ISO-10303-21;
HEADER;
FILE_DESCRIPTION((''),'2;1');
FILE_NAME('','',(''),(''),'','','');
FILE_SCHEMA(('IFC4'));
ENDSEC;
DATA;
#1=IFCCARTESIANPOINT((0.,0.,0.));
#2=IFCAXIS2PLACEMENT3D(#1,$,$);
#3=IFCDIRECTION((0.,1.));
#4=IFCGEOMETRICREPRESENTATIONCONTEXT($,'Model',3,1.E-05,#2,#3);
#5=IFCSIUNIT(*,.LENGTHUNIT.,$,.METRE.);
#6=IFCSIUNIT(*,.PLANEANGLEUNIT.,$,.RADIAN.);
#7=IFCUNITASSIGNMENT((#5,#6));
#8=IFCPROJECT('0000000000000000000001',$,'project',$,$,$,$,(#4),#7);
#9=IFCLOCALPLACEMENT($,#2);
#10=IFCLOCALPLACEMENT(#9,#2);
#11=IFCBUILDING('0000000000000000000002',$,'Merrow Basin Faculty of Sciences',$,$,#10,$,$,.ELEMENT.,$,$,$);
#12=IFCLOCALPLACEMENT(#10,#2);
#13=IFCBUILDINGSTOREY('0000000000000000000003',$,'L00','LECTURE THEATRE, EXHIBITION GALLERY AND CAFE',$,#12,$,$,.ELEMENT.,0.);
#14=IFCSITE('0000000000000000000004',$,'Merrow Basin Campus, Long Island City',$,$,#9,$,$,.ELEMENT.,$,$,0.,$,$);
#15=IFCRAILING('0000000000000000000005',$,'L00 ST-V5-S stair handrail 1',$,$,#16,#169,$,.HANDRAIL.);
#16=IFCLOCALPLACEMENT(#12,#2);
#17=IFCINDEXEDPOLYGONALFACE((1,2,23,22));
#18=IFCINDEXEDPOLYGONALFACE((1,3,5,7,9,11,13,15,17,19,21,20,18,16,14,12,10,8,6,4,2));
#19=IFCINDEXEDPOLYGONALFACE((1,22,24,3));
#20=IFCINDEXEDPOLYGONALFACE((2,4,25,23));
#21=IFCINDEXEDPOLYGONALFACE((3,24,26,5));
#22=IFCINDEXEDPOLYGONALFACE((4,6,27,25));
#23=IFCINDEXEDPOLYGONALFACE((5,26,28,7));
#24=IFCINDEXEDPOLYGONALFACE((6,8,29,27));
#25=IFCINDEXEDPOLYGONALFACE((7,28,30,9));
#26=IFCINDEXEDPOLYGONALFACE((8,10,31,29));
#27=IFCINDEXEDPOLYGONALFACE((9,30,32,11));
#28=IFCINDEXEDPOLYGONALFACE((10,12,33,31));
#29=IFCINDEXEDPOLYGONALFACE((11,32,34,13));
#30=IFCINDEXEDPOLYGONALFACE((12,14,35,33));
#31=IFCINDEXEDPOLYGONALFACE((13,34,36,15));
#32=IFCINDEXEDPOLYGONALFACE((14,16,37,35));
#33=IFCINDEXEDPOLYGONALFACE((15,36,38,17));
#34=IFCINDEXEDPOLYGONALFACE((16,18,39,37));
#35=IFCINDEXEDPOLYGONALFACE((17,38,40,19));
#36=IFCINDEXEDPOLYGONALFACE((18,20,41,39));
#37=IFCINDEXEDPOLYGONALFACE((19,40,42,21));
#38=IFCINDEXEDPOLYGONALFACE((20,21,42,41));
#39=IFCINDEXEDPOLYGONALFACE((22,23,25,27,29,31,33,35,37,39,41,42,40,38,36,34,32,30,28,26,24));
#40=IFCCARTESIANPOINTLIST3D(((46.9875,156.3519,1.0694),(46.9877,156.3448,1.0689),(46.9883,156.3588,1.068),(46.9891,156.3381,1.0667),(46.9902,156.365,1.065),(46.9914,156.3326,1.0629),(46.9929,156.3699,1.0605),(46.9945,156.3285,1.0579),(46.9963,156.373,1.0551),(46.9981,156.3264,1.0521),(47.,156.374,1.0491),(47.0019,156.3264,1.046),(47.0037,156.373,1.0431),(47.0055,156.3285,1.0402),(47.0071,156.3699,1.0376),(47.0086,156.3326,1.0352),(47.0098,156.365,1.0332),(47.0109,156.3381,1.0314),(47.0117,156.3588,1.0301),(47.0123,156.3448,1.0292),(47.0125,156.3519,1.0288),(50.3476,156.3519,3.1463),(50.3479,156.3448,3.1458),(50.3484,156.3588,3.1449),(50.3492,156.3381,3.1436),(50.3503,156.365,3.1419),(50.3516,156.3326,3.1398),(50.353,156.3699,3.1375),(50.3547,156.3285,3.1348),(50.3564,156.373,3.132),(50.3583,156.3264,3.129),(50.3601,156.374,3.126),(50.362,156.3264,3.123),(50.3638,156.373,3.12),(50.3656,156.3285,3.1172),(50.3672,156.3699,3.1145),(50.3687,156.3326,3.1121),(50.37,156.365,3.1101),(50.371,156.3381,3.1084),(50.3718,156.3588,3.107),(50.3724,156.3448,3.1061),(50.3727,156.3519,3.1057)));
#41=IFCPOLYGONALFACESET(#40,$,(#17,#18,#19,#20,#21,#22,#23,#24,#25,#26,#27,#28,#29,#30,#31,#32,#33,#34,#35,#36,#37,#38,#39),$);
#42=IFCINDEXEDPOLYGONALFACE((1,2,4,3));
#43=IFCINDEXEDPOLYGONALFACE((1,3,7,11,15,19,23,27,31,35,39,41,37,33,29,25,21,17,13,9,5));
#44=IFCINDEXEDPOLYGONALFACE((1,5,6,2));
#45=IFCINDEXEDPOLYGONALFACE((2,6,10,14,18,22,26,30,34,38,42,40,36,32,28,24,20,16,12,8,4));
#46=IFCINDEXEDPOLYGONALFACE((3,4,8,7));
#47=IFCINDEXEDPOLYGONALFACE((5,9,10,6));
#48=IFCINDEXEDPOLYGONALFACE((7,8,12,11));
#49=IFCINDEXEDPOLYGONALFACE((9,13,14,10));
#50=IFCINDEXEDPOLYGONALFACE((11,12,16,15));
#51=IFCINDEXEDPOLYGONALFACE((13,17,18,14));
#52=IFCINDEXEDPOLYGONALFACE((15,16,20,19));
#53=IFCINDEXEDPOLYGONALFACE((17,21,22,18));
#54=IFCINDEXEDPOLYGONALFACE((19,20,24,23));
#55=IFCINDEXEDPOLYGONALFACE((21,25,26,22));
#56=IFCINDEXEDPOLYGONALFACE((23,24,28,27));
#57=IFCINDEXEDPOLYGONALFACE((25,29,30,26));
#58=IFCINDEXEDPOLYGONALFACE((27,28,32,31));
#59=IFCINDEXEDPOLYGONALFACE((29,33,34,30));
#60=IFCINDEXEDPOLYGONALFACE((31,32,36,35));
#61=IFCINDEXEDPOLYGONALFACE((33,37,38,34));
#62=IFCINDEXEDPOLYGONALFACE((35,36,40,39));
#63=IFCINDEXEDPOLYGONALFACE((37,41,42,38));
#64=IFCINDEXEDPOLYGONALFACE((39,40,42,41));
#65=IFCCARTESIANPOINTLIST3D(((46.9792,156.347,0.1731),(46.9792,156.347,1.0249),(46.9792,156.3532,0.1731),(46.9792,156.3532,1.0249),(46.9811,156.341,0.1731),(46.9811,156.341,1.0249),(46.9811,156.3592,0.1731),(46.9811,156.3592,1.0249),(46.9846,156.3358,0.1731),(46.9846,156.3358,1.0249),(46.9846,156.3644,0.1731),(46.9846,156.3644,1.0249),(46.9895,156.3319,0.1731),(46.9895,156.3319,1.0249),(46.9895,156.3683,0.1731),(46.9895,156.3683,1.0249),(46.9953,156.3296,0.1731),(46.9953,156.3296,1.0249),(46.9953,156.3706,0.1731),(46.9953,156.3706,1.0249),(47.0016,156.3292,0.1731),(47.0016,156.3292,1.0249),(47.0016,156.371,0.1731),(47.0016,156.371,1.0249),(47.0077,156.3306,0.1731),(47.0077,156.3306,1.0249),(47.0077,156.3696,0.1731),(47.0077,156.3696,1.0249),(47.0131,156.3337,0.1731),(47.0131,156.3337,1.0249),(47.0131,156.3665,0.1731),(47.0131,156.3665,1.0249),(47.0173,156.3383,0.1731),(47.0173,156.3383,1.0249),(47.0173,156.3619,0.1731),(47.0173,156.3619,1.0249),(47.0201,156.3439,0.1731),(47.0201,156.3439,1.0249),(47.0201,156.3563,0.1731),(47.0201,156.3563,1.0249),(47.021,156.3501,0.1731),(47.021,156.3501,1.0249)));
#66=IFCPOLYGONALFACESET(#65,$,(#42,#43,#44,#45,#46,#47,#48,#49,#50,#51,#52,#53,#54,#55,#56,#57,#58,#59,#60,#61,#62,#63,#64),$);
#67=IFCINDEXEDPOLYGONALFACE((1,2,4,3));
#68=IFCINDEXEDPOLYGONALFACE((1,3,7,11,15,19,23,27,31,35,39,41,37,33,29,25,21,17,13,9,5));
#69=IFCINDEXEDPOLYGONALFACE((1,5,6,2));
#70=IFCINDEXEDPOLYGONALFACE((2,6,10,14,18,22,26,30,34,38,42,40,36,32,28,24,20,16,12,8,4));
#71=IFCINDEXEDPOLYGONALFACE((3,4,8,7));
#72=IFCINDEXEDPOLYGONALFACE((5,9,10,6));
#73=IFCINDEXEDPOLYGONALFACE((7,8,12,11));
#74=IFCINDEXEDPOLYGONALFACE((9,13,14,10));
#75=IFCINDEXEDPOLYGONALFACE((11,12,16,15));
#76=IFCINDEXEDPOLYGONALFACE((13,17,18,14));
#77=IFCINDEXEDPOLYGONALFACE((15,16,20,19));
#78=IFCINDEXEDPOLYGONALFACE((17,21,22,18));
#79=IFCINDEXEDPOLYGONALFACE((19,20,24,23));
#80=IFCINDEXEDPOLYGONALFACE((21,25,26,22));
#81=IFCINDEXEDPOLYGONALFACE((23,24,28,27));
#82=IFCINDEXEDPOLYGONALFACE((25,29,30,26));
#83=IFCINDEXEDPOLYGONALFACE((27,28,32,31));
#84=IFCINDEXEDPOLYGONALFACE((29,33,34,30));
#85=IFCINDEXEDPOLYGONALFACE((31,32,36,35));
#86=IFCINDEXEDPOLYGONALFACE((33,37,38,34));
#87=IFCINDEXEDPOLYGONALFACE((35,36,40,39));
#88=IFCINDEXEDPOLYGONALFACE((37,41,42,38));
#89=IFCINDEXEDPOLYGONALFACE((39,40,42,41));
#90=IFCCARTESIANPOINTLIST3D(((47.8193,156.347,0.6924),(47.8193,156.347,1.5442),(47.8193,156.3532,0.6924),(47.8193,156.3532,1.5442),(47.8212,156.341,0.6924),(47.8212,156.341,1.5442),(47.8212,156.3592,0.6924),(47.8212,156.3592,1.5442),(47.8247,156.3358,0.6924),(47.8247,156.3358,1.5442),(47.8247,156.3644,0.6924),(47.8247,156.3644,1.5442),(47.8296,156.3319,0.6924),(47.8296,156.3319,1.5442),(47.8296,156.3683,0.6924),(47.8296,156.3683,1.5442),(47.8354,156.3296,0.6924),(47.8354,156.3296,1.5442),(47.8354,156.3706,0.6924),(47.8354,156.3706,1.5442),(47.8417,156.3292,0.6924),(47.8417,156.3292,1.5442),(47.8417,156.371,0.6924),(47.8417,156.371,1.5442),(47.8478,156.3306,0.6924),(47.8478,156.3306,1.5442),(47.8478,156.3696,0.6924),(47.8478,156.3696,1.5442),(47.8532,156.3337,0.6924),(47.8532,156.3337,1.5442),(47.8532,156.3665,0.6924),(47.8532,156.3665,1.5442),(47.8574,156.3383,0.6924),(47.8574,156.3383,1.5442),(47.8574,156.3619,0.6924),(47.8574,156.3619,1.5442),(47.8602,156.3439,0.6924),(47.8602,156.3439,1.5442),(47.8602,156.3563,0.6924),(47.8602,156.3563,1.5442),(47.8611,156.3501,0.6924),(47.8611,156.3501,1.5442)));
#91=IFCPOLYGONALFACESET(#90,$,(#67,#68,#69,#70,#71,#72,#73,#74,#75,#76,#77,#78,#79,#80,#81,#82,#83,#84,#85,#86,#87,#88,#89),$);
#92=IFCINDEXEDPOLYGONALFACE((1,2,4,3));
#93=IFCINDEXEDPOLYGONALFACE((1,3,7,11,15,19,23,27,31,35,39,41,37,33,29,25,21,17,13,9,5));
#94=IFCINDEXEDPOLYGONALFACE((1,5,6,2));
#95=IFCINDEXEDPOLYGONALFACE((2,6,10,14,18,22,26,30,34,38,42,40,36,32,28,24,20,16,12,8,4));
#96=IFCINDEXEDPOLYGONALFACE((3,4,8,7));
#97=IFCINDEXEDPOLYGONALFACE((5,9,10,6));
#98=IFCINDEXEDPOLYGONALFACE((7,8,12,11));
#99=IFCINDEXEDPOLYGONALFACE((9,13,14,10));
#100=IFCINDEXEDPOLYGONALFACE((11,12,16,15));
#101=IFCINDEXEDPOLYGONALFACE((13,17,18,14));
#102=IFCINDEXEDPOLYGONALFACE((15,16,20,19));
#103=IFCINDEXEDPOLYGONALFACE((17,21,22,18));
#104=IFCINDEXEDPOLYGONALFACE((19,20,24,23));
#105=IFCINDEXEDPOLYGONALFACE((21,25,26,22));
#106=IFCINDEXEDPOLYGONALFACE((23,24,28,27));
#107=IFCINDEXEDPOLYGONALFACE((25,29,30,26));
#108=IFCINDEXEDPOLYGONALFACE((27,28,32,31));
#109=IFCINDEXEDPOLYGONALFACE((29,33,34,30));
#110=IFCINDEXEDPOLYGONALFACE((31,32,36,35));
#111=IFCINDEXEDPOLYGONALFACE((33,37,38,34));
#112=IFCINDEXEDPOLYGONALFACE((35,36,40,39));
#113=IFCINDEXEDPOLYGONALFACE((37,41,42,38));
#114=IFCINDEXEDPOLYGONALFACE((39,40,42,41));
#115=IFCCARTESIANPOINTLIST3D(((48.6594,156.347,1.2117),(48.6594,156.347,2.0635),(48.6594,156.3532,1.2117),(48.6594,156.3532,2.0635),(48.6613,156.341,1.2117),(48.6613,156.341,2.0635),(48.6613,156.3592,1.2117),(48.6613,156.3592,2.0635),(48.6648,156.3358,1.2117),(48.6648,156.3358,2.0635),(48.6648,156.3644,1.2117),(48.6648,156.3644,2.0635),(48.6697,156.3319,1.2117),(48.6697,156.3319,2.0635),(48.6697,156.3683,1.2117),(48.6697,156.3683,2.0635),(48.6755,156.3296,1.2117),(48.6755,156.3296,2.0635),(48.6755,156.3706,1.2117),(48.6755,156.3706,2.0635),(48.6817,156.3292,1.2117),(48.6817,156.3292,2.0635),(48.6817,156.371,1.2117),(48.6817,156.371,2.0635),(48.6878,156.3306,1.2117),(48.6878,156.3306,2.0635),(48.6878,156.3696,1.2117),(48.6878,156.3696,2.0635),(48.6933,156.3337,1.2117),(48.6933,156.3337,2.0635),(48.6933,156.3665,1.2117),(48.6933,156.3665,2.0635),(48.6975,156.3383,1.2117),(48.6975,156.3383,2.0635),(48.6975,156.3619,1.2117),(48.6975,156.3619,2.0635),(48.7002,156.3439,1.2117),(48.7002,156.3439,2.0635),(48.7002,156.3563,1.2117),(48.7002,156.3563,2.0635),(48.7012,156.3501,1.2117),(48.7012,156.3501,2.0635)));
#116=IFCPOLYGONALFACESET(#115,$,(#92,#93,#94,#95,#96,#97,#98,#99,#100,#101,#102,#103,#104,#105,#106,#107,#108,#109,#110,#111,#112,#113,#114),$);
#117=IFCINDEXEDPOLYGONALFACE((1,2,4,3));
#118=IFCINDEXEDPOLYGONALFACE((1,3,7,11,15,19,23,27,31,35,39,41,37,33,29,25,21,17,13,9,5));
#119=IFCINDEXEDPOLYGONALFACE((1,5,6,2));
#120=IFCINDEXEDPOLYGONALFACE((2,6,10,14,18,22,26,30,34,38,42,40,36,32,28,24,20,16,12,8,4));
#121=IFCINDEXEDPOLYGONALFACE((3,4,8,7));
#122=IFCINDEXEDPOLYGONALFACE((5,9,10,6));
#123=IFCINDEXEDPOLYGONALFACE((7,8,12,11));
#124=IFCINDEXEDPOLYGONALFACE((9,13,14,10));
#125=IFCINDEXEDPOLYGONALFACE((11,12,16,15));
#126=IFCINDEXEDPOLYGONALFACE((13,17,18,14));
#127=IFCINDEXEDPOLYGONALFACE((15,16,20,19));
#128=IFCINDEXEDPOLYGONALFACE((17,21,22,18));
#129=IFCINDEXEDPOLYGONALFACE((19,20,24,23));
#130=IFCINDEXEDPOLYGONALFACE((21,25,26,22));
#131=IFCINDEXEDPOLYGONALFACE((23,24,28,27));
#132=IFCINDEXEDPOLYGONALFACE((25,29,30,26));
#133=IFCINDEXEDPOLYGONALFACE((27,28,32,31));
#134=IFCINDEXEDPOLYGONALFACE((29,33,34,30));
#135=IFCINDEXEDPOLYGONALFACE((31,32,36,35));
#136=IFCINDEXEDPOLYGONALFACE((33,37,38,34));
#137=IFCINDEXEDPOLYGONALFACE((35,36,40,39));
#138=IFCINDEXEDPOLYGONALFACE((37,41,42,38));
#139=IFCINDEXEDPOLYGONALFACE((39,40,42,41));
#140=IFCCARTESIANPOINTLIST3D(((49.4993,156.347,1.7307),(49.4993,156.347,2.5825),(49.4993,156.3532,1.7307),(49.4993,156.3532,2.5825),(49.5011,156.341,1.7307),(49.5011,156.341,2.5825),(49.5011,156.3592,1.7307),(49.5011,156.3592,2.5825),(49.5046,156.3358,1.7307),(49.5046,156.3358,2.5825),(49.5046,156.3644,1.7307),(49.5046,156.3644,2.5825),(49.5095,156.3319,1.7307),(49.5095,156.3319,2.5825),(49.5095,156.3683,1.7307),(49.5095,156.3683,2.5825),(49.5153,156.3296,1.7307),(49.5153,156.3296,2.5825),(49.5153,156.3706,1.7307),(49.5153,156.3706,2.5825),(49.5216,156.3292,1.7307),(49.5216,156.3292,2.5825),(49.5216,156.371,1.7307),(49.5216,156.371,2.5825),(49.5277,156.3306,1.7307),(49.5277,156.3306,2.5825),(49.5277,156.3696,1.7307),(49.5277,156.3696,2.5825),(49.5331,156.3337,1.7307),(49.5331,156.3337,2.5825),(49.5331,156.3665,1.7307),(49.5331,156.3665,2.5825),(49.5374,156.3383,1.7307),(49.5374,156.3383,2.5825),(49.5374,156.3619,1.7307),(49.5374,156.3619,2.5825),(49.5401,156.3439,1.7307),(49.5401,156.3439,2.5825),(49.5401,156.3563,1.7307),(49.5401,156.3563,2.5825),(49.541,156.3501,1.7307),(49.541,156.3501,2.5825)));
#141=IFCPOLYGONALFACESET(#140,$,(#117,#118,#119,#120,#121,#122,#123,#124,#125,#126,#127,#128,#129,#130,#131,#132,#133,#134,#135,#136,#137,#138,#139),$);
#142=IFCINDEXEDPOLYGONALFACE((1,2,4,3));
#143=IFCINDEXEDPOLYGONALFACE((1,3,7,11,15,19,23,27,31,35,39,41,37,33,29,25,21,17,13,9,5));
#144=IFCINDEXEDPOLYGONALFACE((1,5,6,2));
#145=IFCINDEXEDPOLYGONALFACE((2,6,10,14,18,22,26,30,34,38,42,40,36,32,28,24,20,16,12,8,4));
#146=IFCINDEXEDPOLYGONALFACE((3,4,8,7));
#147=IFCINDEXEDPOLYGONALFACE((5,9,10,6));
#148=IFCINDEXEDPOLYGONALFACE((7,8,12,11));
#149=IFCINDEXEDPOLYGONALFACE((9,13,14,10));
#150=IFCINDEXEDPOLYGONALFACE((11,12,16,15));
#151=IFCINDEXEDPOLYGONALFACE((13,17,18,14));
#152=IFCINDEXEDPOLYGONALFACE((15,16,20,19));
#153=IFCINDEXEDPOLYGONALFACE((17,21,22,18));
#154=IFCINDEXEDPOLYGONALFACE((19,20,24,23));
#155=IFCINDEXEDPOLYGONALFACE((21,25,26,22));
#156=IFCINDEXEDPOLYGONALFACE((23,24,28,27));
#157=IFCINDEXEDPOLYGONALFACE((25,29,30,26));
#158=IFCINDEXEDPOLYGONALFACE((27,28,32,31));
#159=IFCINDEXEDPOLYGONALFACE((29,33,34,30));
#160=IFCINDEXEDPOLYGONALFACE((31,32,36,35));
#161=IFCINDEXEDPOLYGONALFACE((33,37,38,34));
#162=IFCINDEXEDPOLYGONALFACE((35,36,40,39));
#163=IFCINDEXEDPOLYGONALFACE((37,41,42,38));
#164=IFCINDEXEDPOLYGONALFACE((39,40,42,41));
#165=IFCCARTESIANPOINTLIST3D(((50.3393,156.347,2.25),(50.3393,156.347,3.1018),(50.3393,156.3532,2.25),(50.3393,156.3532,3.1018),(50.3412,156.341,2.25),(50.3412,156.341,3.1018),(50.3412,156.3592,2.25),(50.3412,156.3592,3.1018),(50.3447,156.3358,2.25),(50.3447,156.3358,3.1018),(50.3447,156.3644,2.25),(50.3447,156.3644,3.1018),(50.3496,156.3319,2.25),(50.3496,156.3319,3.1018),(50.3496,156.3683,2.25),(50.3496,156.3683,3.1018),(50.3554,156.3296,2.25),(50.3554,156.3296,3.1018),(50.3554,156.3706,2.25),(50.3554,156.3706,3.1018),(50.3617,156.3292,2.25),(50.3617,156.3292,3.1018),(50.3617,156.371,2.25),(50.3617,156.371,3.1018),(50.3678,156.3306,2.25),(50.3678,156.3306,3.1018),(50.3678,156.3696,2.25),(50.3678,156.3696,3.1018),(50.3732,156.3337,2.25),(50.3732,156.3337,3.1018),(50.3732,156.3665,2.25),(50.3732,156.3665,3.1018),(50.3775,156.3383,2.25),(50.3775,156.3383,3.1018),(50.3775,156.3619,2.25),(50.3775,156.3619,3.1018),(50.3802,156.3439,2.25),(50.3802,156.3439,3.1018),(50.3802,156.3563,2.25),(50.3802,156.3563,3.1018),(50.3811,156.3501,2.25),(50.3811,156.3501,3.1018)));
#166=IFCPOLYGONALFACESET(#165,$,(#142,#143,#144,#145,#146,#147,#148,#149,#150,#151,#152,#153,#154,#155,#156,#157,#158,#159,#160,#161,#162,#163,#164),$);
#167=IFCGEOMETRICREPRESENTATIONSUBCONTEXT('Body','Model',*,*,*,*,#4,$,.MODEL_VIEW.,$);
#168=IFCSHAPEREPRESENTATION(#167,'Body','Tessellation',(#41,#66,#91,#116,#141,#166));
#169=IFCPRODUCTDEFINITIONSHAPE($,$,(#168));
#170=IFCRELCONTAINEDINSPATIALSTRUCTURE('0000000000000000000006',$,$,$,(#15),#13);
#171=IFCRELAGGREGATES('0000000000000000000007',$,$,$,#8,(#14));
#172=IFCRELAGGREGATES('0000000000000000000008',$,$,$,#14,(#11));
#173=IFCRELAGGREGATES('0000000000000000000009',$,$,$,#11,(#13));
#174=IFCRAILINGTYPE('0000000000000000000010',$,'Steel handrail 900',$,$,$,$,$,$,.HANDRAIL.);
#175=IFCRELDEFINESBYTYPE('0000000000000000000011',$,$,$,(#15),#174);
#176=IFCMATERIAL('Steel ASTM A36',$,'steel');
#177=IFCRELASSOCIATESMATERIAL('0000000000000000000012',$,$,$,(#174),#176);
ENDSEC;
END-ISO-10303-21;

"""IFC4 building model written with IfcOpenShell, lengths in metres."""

from ifc_helpers import new_model, si_unit, direction, frame, origin, origin_2d, place, context, subcontext, project, spatial, circle, extrude, material, type_object, element, save


model = new_model("IFC4")

# Units and contexts
model_context = context("Model", 3, precision=1e-05, world=origin(), true_north=direction((0.0, 1.0)))
body_context = subcontext(model_context, "Body", "Model", "MODEL_VIEW")
ifc_project = project(units=[si_unit("LENGTHUNIT", "METRE"), si_unit("PLANEANGLEUNIT", "RADIAN")], contexts=[model_context])

# Site, building, storey
site_placement = place(None, origin())
site = spatial("IfcSite", under=ifc_project, at=site_placement, Name="Merrow Basin Campus, Long Island City", CompositionType="ELEMENT", RefElevation=0.0)
building_placement = place(site_placement, origin())
building = spatial("IfcBuilding", under=site, at=building_placement, Name="Merrow Basin Faculty of Sciences", CompositionType="ELEMENT")
storey_placement = place(building_placement, origin())
storey = spatial("IfcBuildingStorey", under=building, at=storey_placement, Name="L00", Description="LECTURE THEATRE, EXHIBITION GALLERY AND CAFE", CompositionType="ELEMENT", Elevation=0.0)

# Railing
ifc_material_1 = material(Name="Steel ASTM A36", Category="steel")
railing_type_1 = type_object("IfcRailingType", Name="Steel handrail 900", PredefinedType="HANDRAIL", material=ifc_material_1)
railing_1_placement = place(storey_placement, frame((47.0, 156.3501, 0.1731)))
element("IfcRailing", 1, at=railing_1_placement, inside=storey, type_object=railing_type_1, Name="L00 ST-V5-S stair handrail 1", PredefinedType="HANDRAIL", context=body_context, shape_type="SweptSolid", body=[
    extrude(circle(Radius=0.0239, at=origin_2d()), frame((0.0, 0.0, 0.876), z_axis=(0.850623, 0.0, 0.525776), x_axis=(0.0, 1.0, 0.0)), (0.0, 0.0, 1.0), 3.9502),
    extrude(circle(Radius=0.021, at=origin_2d()), origin(), (0.0, 0.0, 1.0), 0.8518),
    extrude(circle(Radius=0.021, at=origin_2d()), frame((0.8401, 0.0, 0.5193)), (0.0, 0.0, 1.0), 0.8518),
    extrude(circle(Radius=0.021, at=origin_2d()), frame((1.6802, 0.0, 1.0386)), (0.0, 0.0, 1.0), 0.8518),
    extrude(circle(Radius=0.021, at=origin_2d()), frame((2.52, 0.0, 1.5576)), (0.0, 0.0, 1.0), 0.8518),
    extrude(circle(Radius=0.021, at=origin_2d()), frame((3.3601, 0.0, 2.0769)), (0.0, 0.0, 1.0), 0.8518),
])

save(model, "model.ifc")
